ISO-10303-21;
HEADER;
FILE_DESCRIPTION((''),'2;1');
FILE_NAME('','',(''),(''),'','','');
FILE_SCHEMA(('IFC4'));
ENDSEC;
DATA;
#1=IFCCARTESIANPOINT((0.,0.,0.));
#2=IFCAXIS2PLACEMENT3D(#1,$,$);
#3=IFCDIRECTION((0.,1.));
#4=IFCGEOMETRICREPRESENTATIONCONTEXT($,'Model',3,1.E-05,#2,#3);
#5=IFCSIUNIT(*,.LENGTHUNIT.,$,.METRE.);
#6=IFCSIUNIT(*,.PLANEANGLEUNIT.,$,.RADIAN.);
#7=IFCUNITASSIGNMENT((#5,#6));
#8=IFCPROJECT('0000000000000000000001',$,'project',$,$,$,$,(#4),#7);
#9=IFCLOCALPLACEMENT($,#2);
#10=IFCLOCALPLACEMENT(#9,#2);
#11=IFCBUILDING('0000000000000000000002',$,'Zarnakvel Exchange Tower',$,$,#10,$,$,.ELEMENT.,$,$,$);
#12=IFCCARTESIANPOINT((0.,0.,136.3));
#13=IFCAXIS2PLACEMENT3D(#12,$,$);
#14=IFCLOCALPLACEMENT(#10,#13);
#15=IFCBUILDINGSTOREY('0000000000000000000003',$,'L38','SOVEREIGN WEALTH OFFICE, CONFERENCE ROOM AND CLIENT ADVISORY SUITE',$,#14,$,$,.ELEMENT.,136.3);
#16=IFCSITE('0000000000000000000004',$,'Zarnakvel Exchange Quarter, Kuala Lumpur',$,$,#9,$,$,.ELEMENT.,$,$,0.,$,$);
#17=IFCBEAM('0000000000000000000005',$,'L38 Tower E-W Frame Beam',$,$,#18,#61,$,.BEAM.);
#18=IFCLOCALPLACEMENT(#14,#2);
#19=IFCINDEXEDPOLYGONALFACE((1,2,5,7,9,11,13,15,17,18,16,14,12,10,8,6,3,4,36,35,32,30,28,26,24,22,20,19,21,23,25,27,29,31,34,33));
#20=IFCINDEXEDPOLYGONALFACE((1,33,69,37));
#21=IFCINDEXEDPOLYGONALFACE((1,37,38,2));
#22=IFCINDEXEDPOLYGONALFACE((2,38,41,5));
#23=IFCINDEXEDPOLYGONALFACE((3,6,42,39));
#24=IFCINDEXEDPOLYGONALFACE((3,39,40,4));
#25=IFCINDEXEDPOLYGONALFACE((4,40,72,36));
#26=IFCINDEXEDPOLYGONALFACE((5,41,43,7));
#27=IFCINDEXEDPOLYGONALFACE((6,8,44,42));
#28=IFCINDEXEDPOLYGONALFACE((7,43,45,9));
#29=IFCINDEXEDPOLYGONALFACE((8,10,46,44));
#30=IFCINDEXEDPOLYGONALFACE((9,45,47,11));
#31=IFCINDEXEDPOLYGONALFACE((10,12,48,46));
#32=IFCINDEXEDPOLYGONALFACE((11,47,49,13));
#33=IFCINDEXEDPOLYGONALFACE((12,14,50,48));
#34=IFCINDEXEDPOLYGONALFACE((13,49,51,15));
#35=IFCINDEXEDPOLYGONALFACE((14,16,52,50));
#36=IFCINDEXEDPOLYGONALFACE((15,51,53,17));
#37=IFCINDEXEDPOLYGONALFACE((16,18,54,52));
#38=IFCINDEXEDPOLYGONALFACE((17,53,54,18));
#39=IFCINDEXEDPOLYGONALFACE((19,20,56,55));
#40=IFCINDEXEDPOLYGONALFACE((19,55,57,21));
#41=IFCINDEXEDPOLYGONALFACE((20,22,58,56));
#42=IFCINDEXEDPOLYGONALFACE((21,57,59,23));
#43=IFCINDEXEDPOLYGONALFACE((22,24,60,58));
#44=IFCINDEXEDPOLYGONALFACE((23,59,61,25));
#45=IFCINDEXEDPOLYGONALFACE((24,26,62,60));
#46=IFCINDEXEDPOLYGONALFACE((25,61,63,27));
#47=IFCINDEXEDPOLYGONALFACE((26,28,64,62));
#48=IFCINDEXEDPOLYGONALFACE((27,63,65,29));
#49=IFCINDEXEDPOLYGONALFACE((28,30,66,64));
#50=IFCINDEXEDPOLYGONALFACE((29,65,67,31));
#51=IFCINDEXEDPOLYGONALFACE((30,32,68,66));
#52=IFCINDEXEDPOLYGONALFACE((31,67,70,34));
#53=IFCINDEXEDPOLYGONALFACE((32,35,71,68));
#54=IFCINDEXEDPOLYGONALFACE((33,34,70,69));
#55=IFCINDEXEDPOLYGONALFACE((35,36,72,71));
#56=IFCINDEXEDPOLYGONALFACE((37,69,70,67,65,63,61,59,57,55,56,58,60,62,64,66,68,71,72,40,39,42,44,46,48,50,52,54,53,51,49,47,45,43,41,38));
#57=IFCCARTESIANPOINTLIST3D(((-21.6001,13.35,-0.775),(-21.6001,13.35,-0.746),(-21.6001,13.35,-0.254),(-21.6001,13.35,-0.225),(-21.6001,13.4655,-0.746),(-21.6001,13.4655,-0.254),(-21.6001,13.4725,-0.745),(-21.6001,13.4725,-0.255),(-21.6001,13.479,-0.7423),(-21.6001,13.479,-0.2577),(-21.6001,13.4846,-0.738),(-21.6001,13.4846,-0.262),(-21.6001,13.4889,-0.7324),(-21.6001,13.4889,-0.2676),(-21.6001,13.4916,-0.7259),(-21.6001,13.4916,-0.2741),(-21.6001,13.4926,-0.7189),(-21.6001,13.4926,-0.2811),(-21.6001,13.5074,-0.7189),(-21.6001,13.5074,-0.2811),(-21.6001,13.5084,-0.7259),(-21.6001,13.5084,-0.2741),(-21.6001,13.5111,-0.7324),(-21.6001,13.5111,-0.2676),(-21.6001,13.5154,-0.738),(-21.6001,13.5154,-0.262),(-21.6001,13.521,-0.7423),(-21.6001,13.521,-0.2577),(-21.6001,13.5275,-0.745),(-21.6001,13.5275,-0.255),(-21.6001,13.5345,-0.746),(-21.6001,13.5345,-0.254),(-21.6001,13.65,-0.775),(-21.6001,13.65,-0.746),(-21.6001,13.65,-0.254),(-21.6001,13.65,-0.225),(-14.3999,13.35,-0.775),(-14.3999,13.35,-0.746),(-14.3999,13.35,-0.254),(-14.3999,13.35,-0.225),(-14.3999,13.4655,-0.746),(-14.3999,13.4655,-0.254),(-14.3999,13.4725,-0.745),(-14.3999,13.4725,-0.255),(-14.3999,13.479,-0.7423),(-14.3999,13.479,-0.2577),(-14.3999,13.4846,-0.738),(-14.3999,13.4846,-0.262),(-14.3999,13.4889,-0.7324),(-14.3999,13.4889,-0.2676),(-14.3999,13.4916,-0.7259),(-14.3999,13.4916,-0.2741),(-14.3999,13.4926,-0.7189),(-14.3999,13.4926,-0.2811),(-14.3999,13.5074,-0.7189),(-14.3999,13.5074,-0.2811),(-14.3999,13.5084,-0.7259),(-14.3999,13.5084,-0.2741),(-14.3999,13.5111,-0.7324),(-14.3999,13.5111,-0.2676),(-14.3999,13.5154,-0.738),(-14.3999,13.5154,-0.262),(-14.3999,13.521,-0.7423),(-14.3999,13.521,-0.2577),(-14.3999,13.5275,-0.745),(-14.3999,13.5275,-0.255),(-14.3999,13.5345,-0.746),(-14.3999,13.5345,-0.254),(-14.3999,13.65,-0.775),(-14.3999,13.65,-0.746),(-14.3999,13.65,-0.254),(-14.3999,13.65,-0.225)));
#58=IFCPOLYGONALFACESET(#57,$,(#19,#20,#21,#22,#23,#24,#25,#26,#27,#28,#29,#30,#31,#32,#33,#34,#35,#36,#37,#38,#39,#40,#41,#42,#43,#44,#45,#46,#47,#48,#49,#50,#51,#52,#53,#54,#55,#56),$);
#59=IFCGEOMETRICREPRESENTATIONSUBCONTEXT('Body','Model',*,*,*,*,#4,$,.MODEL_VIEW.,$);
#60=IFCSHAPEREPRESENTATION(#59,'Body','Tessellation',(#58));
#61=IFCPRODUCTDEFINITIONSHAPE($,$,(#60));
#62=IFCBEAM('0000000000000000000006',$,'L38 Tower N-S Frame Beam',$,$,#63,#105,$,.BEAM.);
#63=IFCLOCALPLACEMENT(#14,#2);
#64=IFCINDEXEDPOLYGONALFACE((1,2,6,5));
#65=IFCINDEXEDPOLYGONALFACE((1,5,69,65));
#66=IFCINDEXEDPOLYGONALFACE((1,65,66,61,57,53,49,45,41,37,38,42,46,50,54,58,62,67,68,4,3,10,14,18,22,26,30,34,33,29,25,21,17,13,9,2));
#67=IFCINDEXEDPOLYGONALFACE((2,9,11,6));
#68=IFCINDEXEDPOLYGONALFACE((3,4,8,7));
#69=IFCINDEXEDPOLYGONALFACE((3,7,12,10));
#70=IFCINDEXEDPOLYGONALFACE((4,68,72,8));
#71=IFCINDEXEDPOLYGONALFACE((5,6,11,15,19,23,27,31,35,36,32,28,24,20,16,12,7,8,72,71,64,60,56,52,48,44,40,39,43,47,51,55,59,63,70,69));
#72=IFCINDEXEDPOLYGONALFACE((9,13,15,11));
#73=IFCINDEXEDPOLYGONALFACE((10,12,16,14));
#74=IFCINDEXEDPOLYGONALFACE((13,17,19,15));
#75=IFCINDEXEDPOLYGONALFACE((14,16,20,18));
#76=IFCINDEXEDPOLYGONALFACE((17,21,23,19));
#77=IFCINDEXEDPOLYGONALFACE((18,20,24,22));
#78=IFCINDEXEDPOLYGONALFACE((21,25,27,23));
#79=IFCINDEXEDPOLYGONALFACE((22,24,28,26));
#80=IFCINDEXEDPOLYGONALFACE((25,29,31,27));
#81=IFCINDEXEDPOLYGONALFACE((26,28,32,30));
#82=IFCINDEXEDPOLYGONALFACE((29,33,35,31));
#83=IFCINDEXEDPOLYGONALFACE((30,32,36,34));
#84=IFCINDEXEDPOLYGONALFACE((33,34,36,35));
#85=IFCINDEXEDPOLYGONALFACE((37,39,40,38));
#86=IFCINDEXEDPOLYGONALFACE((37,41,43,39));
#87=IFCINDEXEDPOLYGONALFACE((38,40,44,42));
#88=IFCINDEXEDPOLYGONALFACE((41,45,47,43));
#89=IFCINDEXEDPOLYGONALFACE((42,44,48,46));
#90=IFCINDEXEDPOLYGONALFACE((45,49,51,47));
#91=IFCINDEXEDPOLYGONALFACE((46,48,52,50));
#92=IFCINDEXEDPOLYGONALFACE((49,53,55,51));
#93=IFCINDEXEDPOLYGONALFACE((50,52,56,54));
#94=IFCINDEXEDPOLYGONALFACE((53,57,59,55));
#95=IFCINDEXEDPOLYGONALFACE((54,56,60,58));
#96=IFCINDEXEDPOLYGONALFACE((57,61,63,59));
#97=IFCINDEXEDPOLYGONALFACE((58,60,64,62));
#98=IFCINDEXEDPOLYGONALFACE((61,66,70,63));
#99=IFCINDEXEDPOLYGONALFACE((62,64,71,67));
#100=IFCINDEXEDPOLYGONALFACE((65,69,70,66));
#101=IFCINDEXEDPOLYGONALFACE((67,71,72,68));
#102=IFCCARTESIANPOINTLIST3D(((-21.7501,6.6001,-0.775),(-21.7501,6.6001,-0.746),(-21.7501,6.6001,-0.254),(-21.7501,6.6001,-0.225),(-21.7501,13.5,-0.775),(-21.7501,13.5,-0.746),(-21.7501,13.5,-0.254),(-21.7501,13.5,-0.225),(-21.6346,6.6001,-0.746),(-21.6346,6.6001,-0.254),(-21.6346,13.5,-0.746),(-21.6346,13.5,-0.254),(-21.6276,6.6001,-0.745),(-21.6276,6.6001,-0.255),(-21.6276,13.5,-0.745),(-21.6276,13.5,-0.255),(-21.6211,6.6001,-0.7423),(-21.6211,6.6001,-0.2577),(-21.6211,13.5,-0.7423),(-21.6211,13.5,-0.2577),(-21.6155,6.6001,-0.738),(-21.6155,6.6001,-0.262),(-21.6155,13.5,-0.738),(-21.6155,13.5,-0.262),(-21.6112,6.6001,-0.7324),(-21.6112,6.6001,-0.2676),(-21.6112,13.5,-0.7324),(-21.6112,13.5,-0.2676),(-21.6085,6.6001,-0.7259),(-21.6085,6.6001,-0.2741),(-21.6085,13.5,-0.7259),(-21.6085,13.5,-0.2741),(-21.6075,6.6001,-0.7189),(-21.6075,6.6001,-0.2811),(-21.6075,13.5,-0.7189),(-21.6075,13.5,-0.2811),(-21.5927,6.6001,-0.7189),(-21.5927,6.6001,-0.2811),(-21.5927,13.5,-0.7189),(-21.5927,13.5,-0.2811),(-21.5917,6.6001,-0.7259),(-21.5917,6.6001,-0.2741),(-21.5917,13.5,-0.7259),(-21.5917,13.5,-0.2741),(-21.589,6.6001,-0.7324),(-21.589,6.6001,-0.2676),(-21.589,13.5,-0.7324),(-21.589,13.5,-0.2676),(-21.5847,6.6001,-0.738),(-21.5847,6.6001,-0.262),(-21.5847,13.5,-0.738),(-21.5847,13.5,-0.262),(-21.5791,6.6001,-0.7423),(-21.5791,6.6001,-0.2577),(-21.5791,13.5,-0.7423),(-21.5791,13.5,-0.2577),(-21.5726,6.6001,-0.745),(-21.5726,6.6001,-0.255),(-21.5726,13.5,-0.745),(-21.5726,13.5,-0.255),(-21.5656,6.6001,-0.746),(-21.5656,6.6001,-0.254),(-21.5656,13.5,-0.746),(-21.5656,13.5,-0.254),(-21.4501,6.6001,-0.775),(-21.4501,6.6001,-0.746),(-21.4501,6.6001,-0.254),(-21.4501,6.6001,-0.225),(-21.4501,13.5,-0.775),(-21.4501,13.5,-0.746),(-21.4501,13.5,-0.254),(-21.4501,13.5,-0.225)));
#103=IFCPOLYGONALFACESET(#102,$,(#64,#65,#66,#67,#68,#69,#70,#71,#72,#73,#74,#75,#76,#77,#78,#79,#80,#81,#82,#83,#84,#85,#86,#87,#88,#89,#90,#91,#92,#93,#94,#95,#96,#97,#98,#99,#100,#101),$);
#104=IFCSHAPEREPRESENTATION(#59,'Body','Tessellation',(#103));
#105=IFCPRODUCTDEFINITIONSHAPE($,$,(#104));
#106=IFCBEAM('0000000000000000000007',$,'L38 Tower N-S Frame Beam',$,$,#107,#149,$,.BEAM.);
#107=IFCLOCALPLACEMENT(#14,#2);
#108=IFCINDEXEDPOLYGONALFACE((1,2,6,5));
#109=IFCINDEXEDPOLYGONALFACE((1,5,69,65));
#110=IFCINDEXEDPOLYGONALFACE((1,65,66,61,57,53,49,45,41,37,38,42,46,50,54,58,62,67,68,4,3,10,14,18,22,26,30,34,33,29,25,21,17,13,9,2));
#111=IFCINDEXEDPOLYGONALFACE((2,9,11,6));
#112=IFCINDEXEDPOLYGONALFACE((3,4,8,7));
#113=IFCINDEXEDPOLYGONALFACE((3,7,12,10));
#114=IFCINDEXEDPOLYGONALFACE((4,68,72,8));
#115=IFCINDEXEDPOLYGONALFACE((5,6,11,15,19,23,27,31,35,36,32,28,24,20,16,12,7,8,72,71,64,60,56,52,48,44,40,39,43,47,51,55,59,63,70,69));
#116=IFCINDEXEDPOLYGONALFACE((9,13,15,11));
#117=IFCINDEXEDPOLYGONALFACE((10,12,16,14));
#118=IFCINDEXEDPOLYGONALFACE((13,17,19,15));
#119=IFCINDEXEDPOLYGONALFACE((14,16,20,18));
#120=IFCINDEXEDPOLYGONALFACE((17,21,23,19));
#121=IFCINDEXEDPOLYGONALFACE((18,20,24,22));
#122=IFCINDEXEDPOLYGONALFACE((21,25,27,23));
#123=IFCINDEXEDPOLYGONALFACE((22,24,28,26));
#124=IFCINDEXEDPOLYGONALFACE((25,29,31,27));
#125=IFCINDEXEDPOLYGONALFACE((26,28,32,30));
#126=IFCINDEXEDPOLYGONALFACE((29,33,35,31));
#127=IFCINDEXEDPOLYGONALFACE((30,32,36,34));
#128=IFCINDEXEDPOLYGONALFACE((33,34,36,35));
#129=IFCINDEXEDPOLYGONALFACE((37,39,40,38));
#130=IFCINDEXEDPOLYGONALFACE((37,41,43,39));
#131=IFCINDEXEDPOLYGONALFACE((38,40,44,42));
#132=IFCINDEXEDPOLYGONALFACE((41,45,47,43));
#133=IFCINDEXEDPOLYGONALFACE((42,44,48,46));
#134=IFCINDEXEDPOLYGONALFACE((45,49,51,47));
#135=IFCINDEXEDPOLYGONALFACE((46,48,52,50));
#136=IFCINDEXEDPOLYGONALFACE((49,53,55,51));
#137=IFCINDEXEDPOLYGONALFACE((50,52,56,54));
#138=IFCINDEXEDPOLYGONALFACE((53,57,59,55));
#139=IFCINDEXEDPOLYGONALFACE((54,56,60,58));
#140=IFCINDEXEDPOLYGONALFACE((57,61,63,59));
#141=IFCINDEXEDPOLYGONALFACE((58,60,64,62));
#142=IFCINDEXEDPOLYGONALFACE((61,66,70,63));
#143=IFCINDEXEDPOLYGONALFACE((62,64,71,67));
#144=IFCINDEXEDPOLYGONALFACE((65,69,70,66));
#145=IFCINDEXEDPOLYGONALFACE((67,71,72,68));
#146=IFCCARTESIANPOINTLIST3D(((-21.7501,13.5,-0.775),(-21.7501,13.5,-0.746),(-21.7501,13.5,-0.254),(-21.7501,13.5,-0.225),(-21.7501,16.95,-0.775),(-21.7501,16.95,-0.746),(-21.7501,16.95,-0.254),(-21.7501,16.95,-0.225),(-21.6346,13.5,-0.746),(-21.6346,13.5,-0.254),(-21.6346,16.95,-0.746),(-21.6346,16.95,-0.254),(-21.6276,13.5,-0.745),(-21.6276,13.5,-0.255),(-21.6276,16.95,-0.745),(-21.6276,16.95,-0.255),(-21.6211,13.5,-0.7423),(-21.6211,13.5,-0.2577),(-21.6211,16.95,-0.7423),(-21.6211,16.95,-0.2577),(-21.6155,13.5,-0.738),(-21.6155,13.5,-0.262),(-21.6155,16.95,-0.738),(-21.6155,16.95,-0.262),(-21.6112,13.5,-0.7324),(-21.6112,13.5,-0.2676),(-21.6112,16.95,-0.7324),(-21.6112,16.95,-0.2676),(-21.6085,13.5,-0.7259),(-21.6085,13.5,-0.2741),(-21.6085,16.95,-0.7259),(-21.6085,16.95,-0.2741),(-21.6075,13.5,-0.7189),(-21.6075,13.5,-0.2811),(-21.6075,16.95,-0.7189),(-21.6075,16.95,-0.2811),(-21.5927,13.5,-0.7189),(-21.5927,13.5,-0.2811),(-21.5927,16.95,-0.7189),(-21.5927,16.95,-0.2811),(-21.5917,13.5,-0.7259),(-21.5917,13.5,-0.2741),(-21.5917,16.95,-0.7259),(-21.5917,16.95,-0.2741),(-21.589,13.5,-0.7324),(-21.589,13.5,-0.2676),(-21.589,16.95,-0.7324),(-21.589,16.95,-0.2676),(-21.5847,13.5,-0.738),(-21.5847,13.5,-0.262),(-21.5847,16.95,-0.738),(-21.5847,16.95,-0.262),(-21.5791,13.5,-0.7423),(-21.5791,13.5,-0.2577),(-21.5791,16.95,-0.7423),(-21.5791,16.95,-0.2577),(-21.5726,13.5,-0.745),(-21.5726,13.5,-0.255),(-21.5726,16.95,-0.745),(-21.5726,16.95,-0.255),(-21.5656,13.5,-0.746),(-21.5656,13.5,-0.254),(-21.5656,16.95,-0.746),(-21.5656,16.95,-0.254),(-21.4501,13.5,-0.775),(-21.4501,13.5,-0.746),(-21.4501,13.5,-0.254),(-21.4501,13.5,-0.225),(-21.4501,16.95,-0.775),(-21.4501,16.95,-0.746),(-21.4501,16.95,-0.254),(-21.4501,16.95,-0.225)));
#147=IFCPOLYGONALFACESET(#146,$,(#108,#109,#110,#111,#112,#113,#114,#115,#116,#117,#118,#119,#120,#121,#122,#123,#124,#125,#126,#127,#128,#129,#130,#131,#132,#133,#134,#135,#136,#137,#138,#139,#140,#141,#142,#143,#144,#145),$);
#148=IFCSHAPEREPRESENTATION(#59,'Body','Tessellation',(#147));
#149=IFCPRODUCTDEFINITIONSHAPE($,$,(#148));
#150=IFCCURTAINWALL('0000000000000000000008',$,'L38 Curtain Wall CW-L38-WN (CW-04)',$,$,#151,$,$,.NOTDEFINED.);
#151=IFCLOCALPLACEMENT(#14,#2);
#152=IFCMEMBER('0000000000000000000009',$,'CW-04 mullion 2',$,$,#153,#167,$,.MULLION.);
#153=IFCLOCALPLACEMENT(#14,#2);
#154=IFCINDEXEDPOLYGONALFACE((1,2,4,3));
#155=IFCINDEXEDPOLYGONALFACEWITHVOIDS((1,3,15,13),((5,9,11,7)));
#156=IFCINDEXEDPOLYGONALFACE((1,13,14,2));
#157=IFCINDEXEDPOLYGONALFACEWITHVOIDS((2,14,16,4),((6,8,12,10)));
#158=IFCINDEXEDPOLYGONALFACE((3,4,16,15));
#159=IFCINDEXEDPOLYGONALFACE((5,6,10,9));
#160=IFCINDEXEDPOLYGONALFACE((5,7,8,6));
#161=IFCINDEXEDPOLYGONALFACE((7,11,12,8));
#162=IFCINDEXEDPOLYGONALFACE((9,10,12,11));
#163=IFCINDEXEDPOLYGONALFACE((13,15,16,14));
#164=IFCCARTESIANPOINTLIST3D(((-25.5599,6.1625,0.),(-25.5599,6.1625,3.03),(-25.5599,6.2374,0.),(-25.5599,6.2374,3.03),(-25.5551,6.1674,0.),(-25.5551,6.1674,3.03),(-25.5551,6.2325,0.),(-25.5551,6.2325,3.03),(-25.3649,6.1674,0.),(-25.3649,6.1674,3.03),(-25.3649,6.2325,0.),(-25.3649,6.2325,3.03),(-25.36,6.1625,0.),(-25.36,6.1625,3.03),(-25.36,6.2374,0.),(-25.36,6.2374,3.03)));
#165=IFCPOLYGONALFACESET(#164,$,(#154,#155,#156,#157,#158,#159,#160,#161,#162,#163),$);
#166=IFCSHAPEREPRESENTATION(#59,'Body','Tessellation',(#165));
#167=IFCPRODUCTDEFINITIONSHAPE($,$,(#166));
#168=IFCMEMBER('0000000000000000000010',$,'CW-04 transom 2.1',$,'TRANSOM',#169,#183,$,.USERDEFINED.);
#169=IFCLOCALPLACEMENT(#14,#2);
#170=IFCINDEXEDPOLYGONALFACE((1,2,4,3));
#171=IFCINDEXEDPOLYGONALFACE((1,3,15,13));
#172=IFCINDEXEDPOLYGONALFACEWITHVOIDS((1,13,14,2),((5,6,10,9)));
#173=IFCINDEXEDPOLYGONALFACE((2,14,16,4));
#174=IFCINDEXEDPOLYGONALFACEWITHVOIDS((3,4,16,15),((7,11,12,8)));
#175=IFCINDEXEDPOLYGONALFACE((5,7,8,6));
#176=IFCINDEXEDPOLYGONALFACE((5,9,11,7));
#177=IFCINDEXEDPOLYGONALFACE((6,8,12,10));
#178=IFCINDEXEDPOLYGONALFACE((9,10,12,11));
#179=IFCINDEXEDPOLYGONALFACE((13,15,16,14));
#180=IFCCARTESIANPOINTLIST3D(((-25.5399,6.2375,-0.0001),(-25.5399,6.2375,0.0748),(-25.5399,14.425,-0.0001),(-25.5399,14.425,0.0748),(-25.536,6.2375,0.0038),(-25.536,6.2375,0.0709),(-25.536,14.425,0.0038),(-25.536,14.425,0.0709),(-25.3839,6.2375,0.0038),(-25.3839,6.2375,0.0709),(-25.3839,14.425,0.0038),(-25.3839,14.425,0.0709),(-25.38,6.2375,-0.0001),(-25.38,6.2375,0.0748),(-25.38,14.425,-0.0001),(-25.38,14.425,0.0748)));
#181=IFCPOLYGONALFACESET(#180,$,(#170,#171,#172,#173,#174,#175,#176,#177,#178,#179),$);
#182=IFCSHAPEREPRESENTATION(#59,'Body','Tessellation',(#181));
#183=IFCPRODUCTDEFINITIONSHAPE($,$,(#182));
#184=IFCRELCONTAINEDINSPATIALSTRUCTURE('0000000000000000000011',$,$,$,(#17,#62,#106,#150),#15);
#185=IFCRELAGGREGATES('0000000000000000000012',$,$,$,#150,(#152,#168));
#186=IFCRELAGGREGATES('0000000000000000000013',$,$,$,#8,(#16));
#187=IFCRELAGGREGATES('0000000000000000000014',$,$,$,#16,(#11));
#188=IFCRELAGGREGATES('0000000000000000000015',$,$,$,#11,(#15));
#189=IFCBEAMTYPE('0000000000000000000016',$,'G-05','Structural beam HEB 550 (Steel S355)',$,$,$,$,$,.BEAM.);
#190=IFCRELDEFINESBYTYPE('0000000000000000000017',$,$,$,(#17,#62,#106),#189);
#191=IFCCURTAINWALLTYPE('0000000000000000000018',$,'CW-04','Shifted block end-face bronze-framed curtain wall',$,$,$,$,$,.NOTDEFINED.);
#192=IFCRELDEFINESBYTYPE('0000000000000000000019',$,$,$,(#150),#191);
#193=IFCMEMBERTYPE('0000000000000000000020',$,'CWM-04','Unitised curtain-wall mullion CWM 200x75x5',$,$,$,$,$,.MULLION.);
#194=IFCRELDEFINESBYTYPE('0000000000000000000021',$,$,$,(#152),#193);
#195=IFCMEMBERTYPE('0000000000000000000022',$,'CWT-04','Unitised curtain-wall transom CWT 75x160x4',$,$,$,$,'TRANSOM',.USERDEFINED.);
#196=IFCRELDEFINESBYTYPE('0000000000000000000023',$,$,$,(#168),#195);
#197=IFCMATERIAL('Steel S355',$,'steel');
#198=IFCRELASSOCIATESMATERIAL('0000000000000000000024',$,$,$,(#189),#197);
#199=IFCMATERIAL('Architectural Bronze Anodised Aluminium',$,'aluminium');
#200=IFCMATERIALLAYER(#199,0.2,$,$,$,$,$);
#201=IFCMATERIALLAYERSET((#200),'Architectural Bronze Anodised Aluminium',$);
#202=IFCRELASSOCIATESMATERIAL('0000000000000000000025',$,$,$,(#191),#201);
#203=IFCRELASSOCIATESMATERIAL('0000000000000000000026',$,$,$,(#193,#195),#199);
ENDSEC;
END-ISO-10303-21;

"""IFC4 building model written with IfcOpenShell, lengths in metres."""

from ifc_helpers import new_model, si_unit, direction, frame, origin, origin_2d, place, context, subcontext, project, spatial, hollow_rectangle, i_section, extrude, source, transform, mapped, material, layer, layer_set, material_profile, profile_set, type_object, element, aggregate, save


model = new_model("IFC4")

# Units and contexts
model_context = context("Model", 3, precision=1e-05, world=origin(), true_north=direction((0.0, 1.0)))
body_context = subcontext(model_context, "Body", "Model", "MODEL_VIEW")
ifc_project = project(units=[si_unit("LENGTHUNIT", "METRE"), si_unit("PLANEANGLEUNIT", "RADIAN")], contexts=[model_context])

# Site, building, storey
site_placement = place(None, origin())
site = spatial("IfcSite", under=ifc_project, at=site_placement, Name="Zarnakvel Exchange Quarter, Kuala Lumpur", CompositionType="ELEMENT", RefElevation=0.0)
building_placement = place(site_placement, origin())
building = spatial("IfcBuilding", under=site, at=building_placement, Name="Zarnakvel Exchange Tower", CompositionType="ELEMENT")
storey_placement = place(building_placement, frame((0.0, 0.0, 136.3)))
storey = spatial("IfcBuildingStorey", under=building, at=storey_placement, Name="L38", Description="SOVEREIGN WEALTH OFFICE, CONFERENCE ROOM AND CLIENT ADVISORY SUITE", CompositionType="ELEMENT", Elevation=136.3)

# Shared definitions
ifc_material_1 = material(Name="Steel S355", Category="steel")

# Beams
ifc_material_profile_1 = material_profile(ifc_material_1, i_section(OverallWidth=0.3, OverallDepth=0.55, WebThickness=0.0149, FlangeThickness=0.0291, FilletRadius=0.0271, at=origin_2d()))
ifc_profile_set_1 = profile_set([ifc_material_profile_1], Name="Steel S355")
beam_type = type_object("IfcBeamType", Name="G-05", Description="Structural beam HEB 550 (Steel S355)", PredefinedType="BEAM", material=ifc_profile_set_1)
beam_1_placement = place(storey_placement, frame((-21.6001, 13.5, -0.5), z_axis=(1.0, 0.0, 0.0), x_axis=(0.0, 1.0, 0.0)))
element("IfcBeam", 1, at=beam_1_placement, inside=storey, type_object=beam_type, Name="L38 Tower E-W Frame Beam", PredefinedType="BEAM", context=body_context, shape_type="SweptSolid", body=[
    extrude(i_section(OverallWidth=0.3, OverallDepth=0.55, WebThickness=0.0149, FlangeThickness=0.0291, FilletRadius=0.0271, at=origin_2d()), origin(), (0.0, 0.0, 1.0), 7.2002),
])
beam_2_placement = place(storey_placement, frame((-21.6001, 6.6001, -0.5), z_axis=(0.0, 1.0, 0.0), x_axis=(-1.0, 0.0, 0.0)))
element("IfcBeam", 2, at=beam_2_placement, inside=storey, type_object=beam_type, Name="L38 Tower N-S Frame Beam", PredefinedType="BEAM", context=body_context, shape_type="SweptSolid", body=[
    extrude(i_section(OverallWidth=0.3, OverallDepth=0.55, WebThickness=0.0149, FlangeThickness=0.0291, FilletRadius=0.0271, at=origin_2d()), origin(), (0.0, 0.0, 1.0), 6.8999),
])
beam_3_placement = place(storey_placement, frame((-21.6001, 13.5, -0.5), z_axis=(0.0, 1.0, 0.0), x_axis=(-1.0, 0.0, 0.0)))
element("IfcBeam", 3, at=beam_3_placement, inside=storey, type_object=beam_type, Name="L38 Tower N-S Frame Beam", PredefinedType="BEAM", context=body_context, shape_type="SweptSolid", body=[
    extrude(i_section(OverallWidth=0.3, OverallDepth=0.55, WebThickness=0.0149, FlangeThickness=0.0291, FilletRadius=0.0271, at=origin_2d()), origin(), (0.0, 0.0, 1.0), 3.45),
])

# Curtain wall, members
ifc_material_2 = material(Name="Architectural Bronze Anodised Aluminium", Category="aluminium")
ifc_layer_1 = layer(ifc_material_2, 0.2)
ifc_layer_set_1 = layer_set([ifc_layer_1], Name="Architectural Bronze Anodised Aluminium")
curtain_wall_type = type_object("IfcCurtainWallType", Name="CW-04", Description="Shifted block end-face bronze-framed curtain wall", PredefinedType="NOTDEFINED", material=ifc_layer_set_1)
curtain_wall_placement = place(storey_placement, origin())
curtain_wall = element("IfcCurtainWall", 4, at=curtain_wall_placement, inside=storey, type_object=curtain_wall_type, Name="L38 Curtain Wall CW-L38-WN (CW-04)", PredefinedType="NOTDEFINED")
ifc_material_profile_2 = material_profile(ifc_material_2, hollow_rectangle(XDim=0.2, YDim=0.075, WallThickness=0.0049, at=origin_2d()))
ifc_profile_set_2 = profile_set([ifc_material_profile_2], Name="Architectural Bronze Anodised Aluminium")
member_type_1 = type_object("IfcMemberType", Name="CWM-04", Description="Unitised curtain-wall mullion CWM 200x75x5", PredefinedType="MULLION", material=ifc_profile_set_2)
shared_shape_1 = source(origin(), body_context, "Body", "SweptSolid", [
    extrude(hollow_rectangle(XDim=0.2, YDim=0.075, WallThickness=0.0049, at=origin_2d()), origin(), (0.0, 0.0, 1.0), 3.03),
])
member_1_placement = place(storey_placement, frame((-25.46, 6.2, 0.0), z_axis=(0.0, 0.0, 1.0), x_axis=(-1.0, 0.0, 0.0)))
member_1 = element("IfcMember", 5, at=member_1_placement, type_object=member_type_1, Name="CW-04 mullion 2", PredefinedType="MULLION", context=body_context, shape_type="MappedRepresentation", body=[
    mapped(shared_shape_1, transform((0.0, 0.0, 0.0), x_axis=(1.0, 0.0, 0.0), y_axis=(0.0, 1.0, 0.0), z_axis=(0.0, 0.0, 1.0), scale=1.0)),
])
ifc_material_profile_3 = material_profile(ifc_material_2, hollow_rectangle(XDim=0.1599, YDim=0.075, WallThickness=0.0039, at=origin_2d()))
ifc_profile_set_3 = profile_set([ifc_material_profile_3], Name="Architectural Bronze Anodised Aluminium")
member_type_2 = type_object("IfcMemberType", Name="CWT-04", Description="Unitised curtain-wall transom CWT 75x160x4", ElementType="TRANSOM", PredefinedType="USERDEFINED", material=ifc_profile_set_3)
shared_shape_2 = source(origin(), body_context, "Body", "SweptSolid", [
    extrude(hollow_rectangle(XDim=0.1599, YDim=0.075, WallThickness=0.0039, at=origin_2d()), origin(), (0.0, 0.0, 1.0), 8.1875),
])
member_2_placement = place(storey_placement, frame((-25.46, 6.2375, 0.0374), z_axis=(0.0, 1.0, 0.0), x_axis=(-1.0, 0.0, 0.0)))
member_2 = element("IfcMember", 6, at=member_2_placement, type_object=member_type_2, Name="CW-04 transom 2.1", ObjectType="TRANSOM", PredefinedType="USERDEFINED", context=body_context, shape_type="MappedRepresentation", body=[
    mapped(shared_shape_2, transform((0.0, 0.0, 0.0), x_axis=(1.0, 0.0, 0.0), y_axis=(0.0, 1.0, 0.0), z_axis=(0.0, 0.0, 1.0), scale=1.0)),
])
aggregate(curtain_wall, [member_1, member_2])

save(model, "model.ifc")
